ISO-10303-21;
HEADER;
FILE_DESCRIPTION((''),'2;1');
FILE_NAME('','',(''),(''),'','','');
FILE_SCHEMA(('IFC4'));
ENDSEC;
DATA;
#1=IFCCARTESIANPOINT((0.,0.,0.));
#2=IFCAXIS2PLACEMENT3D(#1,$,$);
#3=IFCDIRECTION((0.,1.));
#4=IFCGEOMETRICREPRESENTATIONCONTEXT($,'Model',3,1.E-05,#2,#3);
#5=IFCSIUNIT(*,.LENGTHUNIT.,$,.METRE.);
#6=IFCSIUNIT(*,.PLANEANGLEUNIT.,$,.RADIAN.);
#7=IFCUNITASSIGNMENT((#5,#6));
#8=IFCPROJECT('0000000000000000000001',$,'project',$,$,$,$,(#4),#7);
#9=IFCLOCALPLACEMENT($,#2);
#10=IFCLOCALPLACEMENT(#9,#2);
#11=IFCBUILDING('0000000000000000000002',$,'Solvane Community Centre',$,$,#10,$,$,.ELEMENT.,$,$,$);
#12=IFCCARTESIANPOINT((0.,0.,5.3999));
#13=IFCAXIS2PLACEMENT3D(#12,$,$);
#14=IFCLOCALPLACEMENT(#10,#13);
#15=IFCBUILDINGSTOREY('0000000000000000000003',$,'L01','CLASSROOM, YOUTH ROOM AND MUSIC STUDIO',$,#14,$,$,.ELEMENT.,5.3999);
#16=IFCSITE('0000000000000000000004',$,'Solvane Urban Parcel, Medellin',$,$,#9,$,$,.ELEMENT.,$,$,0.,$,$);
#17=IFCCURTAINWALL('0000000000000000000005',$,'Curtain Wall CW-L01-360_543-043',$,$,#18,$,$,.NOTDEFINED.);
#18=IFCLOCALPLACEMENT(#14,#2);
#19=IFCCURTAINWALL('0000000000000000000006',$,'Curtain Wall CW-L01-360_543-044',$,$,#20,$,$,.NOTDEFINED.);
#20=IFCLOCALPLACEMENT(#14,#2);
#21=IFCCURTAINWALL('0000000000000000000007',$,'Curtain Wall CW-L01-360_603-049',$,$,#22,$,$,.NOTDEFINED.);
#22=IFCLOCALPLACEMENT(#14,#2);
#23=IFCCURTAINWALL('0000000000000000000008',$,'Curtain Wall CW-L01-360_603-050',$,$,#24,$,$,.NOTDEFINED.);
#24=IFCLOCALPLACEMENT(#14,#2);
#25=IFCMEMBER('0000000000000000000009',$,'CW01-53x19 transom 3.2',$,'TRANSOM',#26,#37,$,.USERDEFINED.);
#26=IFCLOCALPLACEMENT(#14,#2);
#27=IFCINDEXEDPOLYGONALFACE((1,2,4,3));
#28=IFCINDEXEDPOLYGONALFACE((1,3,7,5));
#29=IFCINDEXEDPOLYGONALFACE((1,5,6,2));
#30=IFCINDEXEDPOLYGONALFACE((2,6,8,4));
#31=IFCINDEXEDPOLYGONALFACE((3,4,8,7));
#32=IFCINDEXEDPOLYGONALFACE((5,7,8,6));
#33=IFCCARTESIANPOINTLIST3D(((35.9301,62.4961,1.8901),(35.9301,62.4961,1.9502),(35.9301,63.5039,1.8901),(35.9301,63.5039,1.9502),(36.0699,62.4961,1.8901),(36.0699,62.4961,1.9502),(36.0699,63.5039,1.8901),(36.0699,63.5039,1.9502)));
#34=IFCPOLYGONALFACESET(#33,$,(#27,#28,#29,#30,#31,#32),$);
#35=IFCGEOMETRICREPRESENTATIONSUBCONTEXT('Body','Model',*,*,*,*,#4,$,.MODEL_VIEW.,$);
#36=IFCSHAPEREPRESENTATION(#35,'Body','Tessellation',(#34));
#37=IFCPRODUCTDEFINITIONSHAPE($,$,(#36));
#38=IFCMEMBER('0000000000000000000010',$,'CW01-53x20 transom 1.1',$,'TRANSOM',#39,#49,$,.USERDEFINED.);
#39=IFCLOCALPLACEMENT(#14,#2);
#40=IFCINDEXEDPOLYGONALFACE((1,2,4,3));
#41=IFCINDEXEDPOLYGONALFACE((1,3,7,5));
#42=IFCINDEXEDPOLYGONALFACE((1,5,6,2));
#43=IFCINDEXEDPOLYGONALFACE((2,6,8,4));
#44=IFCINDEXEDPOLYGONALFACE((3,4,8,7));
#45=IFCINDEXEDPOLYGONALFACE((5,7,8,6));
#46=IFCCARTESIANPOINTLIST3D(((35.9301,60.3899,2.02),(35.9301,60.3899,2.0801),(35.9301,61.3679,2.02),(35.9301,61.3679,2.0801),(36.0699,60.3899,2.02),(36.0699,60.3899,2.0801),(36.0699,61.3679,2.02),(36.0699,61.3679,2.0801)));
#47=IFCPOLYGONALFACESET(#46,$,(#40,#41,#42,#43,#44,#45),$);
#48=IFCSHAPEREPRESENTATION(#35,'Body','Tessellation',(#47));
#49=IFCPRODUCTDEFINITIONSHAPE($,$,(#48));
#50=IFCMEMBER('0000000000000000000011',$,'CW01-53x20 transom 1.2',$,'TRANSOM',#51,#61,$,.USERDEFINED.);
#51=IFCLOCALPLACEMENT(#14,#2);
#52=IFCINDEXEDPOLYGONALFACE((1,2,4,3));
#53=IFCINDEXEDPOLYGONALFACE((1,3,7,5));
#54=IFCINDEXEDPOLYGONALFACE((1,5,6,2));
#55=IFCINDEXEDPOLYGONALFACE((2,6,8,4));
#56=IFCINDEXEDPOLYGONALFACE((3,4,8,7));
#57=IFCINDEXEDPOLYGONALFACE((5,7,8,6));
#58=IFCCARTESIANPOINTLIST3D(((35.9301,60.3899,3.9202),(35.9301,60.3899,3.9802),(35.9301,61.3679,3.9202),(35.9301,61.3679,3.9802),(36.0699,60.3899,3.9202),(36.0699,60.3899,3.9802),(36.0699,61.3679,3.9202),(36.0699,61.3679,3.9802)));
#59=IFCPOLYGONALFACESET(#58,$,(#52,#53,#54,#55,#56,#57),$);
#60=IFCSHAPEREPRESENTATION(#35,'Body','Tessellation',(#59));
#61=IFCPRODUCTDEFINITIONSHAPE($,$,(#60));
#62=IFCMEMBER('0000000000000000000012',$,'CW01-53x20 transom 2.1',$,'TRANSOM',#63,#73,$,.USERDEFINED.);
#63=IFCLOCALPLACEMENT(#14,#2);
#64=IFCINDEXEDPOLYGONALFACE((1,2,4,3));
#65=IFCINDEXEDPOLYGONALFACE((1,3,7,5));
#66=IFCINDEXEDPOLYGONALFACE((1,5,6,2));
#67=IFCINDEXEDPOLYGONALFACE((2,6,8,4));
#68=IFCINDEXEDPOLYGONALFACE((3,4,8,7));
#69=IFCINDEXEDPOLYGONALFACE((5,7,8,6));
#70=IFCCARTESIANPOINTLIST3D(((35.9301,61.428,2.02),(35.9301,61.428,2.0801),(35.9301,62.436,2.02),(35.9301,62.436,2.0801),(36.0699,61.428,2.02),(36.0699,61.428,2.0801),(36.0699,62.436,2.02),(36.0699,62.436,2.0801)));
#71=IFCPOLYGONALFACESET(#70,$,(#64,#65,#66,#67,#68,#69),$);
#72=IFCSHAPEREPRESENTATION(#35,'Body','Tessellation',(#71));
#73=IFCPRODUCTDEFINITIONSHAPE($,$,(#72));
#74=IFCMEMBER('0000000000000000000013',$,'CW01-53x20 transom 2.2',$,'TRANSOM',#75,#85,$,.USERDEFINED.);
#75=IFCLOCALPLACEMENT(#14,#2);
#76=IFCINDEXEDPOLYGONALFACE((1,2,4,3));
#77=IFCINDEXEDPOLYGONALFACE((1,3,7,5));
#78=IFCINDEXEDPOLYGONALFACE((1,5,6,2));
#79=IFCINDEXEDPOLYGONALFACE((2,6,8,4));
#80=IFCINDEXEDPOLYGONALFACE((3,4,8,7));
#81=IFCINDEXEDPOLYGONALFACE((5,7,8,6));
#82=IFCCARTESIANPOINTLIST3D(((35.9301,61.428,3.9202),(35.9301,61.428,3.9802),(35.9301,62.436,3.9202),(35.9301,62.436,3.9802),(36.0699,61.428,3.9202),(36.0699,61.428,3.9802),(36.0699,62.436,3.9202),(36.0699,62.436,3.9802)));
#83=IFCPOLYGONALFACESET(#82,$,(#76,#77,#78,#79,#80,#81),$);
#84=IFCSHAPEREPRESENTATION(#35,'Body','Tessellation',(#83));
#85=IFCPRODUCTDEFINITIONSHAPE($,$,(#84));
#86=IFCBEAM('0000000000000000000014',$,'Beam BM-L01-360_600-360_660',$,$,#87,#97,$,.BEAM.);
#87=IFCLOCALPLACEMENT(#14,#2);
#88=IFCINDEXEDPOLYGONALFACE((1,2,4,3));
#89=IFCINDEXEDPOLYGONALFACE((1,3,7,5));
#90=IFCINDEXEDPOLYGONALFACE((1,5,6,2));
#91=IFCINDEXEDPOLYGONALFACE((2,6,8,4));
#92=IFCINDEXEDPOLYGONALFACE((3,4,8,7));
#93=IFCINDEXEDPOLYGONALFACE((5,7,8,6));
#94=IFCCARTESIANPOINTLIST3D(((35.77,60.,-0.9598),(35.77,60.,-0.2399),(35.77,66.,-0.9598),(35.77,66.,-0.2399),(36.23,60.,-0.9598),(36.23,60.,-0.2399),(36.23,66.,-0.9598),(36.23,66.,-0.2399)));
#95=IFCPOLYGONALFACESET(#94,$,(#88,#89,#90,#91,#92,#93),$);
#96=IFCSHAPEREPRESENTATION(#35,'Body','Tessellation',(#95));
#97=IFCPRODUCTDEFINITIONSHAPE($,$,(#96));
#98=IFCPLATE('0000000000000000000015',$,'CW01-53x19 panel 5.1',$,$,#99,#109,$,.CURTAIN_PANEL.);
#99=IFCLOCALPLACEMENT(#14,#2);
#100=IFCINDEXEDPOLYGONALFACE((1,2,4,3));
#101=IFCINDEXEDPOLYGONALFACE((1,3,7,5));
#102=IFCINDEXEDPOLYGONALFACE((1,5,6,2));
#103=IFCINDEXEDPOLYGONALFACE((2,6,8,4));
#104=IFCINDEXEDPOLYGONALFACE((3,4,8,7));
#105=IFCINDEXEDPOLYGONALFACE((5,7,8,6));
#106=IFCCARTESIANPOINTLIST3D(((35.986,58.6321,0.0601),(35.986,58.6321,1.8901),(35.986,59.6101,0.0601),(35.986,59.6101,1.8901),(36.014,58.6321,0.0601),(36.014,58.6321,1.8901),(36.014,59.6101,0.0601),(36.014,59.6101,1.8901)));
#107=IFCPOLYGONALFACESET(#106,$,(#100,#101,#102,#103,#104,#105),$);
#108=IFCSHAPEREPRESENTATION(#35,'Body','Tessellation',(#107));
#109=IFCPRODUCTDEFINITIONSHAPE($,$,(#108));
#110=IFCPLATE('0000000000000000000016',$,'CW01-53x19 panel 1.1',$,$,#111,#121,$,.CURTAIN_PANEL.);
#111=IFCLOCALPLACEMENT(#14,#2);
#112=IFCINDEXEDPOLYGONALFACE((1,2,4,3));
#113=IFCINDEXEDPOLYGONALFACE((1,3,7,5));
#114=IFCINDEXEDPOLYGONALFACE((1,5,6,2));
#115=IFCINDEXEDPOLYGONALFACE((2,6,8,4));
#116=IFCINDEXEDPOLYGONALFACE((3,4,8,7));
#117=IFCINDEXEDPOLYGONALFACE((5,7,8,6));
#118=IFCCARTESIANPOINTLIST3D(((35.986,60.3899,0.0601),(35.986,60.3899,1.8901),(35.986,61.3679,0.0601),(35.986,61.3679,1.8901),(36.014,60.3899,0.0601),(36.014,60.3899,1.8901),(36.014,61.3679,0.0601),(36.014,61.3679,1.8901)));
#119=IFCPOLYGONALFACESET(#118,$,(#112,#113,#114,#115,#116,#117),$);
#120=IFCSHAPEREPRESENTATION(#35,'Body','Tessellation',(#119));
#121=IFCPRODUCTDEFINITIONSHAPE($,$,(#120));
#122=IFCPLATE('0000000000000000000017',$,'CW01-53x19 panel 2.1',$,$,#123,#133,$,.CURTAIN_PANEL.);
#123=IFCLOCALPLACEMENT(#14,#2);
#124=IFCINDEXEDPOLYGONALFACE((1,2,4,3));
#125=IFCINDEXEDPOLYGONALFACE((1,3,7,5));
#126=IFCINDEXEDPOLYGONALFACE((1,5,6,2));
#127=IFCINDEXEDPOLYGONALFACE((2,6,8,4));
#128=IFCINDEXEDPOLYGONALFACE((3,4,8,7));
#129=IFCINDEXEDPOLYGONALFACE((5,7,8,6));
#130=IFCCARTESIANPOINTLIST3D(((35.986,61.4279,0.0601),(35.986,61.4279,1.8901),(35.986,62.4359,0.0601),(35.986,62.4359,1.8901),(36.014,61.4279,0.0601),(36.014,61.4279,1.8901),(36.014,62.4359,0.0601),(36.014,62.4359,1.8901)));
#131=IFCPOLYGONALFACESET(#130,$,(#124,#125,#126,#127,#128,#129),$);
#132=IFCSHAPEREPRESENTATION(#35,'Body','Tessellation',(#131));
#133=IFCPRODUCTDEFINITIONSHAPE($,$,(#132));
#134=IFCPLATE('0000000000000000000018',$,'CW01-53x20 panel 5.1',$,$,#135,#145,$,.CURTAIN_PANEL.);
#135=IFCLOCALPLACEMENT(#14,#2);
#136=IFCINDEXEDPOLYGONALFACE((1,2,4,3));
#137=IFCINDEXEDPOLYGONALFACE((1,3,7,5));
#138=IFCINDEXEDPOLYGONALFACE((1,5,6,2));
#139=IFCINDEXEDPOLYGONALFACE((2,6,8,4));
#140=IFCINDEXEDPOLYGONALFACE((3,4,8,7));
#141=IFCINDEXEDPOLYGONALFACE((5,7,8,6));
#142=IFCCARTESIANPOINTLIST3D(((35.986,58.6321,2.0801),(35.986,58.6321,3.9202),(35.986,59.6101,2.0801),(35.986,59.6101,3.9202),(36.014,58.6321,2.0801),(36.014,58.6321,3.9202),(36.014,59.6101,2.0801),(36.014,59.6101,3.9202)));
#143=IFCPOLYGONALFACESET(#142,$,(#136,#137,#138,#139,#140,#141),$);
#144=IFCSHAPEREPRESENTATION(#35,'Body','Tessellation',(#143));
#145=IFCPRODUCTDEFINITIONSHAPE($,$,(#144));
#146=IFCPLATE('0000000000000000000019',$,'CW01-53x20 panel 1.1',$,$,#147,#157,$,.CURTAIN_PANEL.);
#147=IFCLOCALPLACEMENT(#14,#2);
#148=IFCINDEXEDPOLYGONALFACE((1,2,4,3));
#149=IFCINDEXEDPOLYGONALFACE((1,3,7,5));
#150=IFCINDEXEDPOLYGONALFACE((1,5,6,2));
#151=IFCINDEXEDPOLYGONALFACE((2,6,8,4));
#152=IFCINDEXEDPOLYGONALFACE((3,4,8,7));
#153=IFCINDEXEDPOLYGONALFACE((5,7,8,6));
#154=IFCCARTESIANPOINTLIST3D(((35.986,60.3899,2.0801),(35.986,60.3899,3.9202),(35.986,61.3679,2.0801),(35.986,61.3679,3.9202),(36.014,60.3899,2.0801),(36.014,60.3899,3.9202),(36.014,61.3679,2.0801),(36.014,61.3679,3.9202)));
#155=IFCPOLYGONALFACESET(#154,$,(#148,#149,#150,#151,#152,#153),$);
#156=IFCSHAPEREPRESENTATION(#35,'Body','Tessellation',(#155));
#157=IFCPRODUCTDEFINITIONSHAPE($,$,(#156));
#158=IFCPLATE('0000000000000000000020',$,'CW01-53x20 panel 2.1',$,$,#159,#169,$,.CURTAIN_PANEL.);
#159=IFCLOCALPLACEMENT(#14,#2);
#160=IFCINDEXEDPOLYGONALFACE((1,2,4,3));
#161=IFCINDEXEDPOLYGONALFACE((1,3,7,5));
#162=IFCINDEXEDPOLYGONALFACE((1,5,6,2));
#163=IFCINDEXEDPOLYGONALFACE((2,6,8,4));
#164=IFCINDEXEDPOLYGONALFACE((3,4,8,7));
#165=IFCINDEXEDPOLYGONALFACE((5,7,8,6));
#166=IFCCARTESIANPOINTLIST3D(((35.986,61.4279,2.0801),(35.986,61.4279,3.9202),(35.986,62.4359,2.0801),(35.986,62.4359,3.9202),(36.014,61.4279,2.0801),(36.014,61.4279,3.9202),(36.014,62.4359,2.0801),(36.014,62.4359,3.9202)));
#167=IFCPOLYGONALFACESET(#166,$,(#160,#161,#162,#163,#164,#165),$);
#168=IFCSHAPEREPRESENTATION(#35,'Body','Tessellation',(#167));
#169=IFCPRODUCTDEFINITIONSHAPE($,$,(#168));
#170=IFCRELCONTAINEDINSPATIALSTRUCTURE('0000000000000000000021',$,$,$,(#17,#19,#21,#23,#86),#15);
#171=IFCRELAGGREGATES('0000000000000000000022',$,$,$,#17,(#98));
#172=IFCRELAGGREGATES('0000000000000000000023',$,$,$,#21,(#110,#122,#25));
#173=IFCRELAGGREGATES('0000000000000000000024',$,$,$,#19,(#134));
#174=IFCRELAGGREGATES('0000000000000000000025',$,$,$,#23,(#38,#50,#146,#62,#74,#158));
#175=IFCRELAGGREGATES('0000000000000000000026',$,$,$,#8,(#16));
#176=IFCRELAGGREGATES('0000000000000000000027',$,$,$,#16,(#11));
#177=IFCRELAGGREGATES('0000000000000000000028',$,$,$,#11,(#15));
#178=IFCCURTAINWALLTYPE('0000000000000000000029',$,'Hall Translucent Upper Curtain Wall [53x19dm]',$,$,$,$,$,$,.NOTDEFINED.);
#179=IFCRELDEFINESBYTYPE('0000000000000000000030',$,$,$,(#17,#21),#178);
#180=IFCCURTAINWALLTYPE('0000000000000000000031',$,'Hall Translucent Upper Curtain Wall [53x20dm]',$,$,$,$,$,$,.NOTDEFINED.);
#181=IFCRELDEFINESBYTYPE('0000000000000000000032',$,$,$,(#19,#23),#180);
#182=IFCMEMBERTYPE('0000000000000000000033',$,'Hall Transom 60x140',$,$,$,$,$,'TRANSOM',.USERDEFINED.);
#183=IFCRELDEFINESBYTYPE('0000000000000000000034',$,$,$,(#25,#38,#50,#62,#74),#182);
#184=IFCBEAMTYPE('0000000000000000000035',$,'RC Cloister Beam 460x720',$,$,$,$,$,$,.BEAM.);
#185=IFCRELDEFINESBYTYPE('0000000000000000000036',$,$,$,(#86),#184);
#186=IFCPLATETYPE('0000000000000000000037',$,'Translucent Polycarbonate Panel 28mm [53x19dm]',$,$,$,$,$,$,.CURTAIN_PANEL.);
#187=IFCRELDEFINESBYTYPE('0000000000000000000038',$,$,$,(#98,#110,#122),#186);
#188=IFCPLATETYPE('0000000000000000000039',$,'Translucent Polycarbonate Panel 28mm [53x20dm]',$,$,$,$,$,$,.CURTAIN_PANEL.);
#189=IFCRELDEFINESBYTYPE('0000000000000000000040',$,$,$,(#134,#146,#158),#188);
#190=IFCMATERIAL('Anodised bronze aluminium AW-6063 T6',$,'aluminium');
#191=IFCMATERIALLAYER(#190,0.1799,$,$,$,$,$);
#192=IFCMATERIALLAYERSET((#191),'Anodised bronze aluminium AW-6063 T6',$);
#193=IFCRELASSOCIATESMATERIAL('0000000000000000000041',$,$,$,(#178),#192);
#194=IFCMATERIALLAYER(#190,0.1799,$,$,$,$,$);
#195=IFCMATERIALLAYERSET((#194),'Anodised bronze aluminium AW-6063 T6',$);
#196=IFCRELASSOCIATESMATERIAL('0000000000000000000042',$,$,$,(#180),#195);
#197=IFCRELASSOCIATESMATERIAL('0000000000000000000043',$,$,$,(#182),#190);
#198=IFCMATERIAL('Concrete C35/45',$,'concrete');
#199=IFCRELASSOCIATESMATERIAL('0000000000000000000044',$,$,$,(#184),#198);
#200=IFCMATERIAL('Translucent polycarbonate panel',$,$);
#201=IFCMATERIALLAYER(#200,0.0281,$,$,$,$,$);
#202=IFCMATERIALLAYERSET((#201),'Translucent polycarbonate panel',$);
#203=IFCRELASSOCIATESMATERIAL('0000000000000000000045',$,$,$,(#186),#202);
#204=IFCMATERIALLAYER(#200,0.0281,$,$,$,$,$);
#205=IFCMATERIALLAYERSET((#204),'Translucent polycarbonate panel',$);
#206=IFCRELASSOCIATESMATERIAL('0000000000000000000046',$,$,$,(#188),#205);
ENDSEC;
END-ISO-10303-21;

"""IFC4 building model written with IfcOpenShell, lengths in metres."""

from ifc_helpers import new_model, si_unit, direction, frame, origin, origin_2d, place, context, subcontext, project, spatial, rectangle, extrude, material, layer, layer_set, material_profile, profile_set, type_object, element, aggregate, save


model = new_model("IFC4")

# Units and contexts
model_context = context("Model", 3, precision=1e-05, world=origin(), true_north=direction((0.0, 1.0)))
body_context = subcontext(model_context, "Body", "Model", "MODEL_VIEW")
ifc_project = project(units=[si_unit("LENGTHUNIT", "METRE"), si_unit("PLANEANGLEUNIT", "RADIAN")], contexts=[model_context])

# Site, building, storey
site_placement = place(None, origin())
site = spatial("IfcSite", under=ifc_project, at=site_placement, Name="Solvane Urban Parcel, Medellin", CompositionType="ELEMENT", RefElevation=0.0)
building_placement = place(site_placement, origin())
building = spatial("IfcBuilding", under=site, at=building_placement, Name="Solvane Community Centre", CompositionType="ELEMENT")
storey_placement = place(building_placement, frame((0.0, 0.0, 5.3999)))
storey = spatial("IfcBuildingStorey", under=building, at=storey_placement, Name="L01", Description="CLASSROOM, YOUTH ROOM AND MUSIC STUDIO", CompositionType="ELEMENT", Elevation=5.3999)

# Shared definitions
ifc_material_1 = material(Name="Concrete C35/45", Category="concrete")

# Curtain walls
ifc_material_2 = material(Name="Anodised bronze aluminium AW-6063 T6", Category="aluminium")
ifc_layer_1 = layer(ifc_material_2, 0.1799)
ifc_layer_set_1 = layer_set([ifc_layer_1], Name="Anodised bronze aluminium AW-6063 T6")
curtain_wall_type_1 = type_object("IfcCurtainWallType", Name="Hall Translucent Upper Curtain Wall [53x19dm]", PredefinedType="NOTDEFINED", material=ifc_layer_set_1)
curtain_wall_1_placement = place(storey_placement, origin())
curtain_wall_1 = element("IfcCurtainWall", 1, at=curtain_wall_1_placement, inside=storey, type_object=curtain_wall_type_1, Name="Curtain Wall CW-L01-360_543-043", PredefinedType="NOTDEFINED")
ifc_layer_2 = layer(ifc_material_2, 0.1799)
ifc_layer_set_2 = layer_set([ifc_layer_2], Name="Anodised bronze aluminium AW-6063 T6")
curtain_wall_type_2 = type_object("IfcCurtainWallType", Name="Hall Translucent Upper Curtain Wall [53x20dm]", PredefinedType="NOTDEFINED", material=ifc_layer_set_2)
curtain_wall_2_placement = place(storey_placement, origin())
curtain_wall_2 = element("IfcCurtainWall", 2, at=curtain_wall_2_placement, inside=storey, type_object=curtain_wall_type_2, Name="Curtain Wall CW-L01-360_543-044", PredefinedType="NOTDEFINED")

# Curtain walls
curtain_wall_3_placement = place(storey_placement, origin())
curtain_wall_3 = element("IfcCurtainWall", 3, at=curtain_wall_3_placement, inside=storey, type_object=curtain_wall_type_1, Name="Curtain Wall CW-L01-360_603-049", PredefinedType="NOTDEFINED")
curtain_wall_4_placement = place(storey_placement, origin())
curtain_wall_4 = element("IfcCurtainWall", 4, at=curtain_wall_4_placement, inside=storey, type_object=curtain_wall_type_2, Name="Curtain Wall CW-L01-360_603-050", PredefinedType="NOTDEFINED")

# Members
ifc_material_profile_1 = material_profile(ifc_material_2, rectangle(XDim=0.1399, YDim=0.0601, at=origin_2d()), Name="CW-T 60x140")
ifc_profile_set_1 = profile_set([ifc_material_profile_1], Name="Anodised bronze aluminium AW-6063 T6")
member_type_1 = type_object("IfcMemberType", Name="Hall Transom 60x140", ElementType="TRANSOM", PredefinedType="USERDEFINED", material=ifc_profile_set_1)
member_1_placement = place(storey_placement, frame((36.0, 62.4961, 1.9202), z_axis=(0.0, 1.0, 0.0), x_axis=(-1.0, 0.0, 0.0)))
member_1 = element("IfcMember", 5, at=member_1_placement, type_object=member_type_1, Name="CW01-53x19 transom 3.2", ObjectType="TRANSOM", PredefinedType="USERDEFINED", context=body_context, shape_type="SweptSolid", body=[
    extrude(rectangle(XDim=0.1399, YDim=0.0601, at=origin_2d()), origin(), (0.0, 0.0, 1.0), 1.0078),
])
member_2_placement = place(storey_placement, frame((36.0, 60.3899, 2.05), z_axis=(0.0, 1.0, 0.0), x_axis=(-1.0, 0.0, 0.0)))
member_2 = element("IfcMember", 6, at=member_2_placement, type_object=member_type_1, Name="CW01-53x20 transom 1.1", ObjectType="TRANSOM", PredefinedType="USERDEFINED", context=body_context, shape_type="SweptSolid", body=[
    extrude(rectangle(XDim=0.1399, YDim=0.0601, at=origin_2d()), origin(), (0.0, 0.0, 1.0), 0.978),
])
member_3_placement = place(storey_placement, frame((36.0, 60.3899, 3.9502), z_axis=(0.0, 1.0, 0.0), x_axis=(-1.0, 0.0, 0.0)))
member_3 = element("IfcMember", 7, at=member_3_placement, type_object=member_type_1, Name="CW01-53x20 transom 1.2", ObjectType="TRANSOM", PredefinedType="USERDEFINED", context=body_context, shape_type="SweptSolid", body=[
    extrude(rectangle(XDim=0.1399, YDim=0.0601, at=origin_2d()), origin(), (0.0, 0.0, 1.0), 0.978),
])
member_4_placement = place(storey_placement, frame((36.0, 61.428, 2.05), z_axis=(0.0, 1.0, 0.0), x_axis=(-1.0, 0.0, 0.0)))
member_4 = element("IfcMember", 8, at=member_4_placement, type_object=member_type_1, Name="CW01-53x20 transom 2.1", ObjectType="TRANSOM", PredefinedType="USERDEFINED", context=body_context, shape_type="SweptSolid", body=[
    extrude(rectangle(XDim=0.1399, YDim=0.0601, at=origin_2d()), origin(), (0.0, 0.0, 1.0), 1.0081),
])
member_5_placement = place(storey_placement, frame((36.0, 61.428, 3.9502), z_axis=(0.0, 1.0, 0.0), x_axis=(-1.0, 0.0, 0.0)))
member_5 = element("IfcMember", 9, at=member_5_placement, type_object=member_type_1, Name="CW01-53x20 transom 2.2", ObjectType="TRANSOM", PredefinedType="USERDEFINED", context=body_context, shape_type="SweptSolid", body=[
    extrude(rectangle(XDim=0.1399, YDim=0.0601, at=origin_2d()), origin(), (0.0, 0.0, 1.0), 1.0081),
])

# Beam
ifc_material_profile_2 = material_profile(ifc_material_1, rectangle(XDim=0.46, YDim=0.72, at=origin_2d()), Name="RC 460x720")
ifc_profile_set_2 = profile_set([ifc_material_profile_2], Name="Concrete C35/45")
beam_type = type_object("IfcBeamType", Name="RC Cloister Beam 460x720", PredefinedType="BEAM", material=ifc_profile_set_2)
beam_placement = place(storey_placement, frame((36.0, 60.0, -0.5999), z_axis=(0.0, 1.0, 0.0), x_axis=(-1.0, 0.0, 0.0)))
element("IfcBeam", 10, at=beam_placement, inside=storey, type_object=beam_type, Name="Beam BM-L01-360_600-360_660", PredefinedType="BEAM", context=body_context, shape_type="SweptSolid", body=[
    extrude(rectangle(XDim=0.46, YDim=0.72, at=origin_2d()), origin(), (0.0, 0.0, 1.0), 6.0),
])

# Plates
ifc_material_3 = material(Name="Translucent polycarbonate panel")
ifc_layer_3 = layer(ifc_material_3, 0.0281)
ifc_layer_set_3 = layer_set([ifc_layer_3], Name="Translucent polycarbonate panel")
plate_type_1 = type_object("IfcPlateType", Name="Translucent Polycarbonate Panel 28mm [53x19dm]", PredefinedType="CURTAIN_PANEL", material=ifc_layer_set_3)
plate_1_placement = place(storey_placement, frame((36.0, 59.1211, 0.0601), z_axis=(0.0, 0.0, 1.0), x_axis=(0.0, 1.0, 0.0)))
plate_1 = element("IfcPlate", 11, at=plate_1_placement, type_object=plate_type_1, Name="CW01-53x19 panel 5.1", PredefinedType="CURTAIN_PANEL", context=body_context, shape_type="SweptSolid", body=[
    extrude(rectangle(XDim=0.978, YDim=0.0281, at=origin_2d()), origin(), (0.0, 0.0, 1.0), 1.8301),
])
aggregate(curtain_wall_1, [plate_1])
plate_2_placement = place(storey_placement, frame((36.0, 60.8789, 0.0601), z_axis=(0.0, 0.0, 1.0), x_axis=(0.0, 1.0, 0.0)))
plate_2 = element("IfcPlate", 12, at=plate_2_placement, type_object=plate_type_1, Name="CW01-53x19 panel 1.1", PredefinedType="CURTAIN_PANEL", context=body_context, shape_type="SweptSolid", body=[
    extrude(rectangle(XDim=0.978, YDim=0.0281, at=origin_2d()), origin(), (0.0, 0.0, 1.0), 1.8301),
])
plate_3_placement = place(storey_placement, frame((36.0, 61.9319, 0.0601), z_axis=(0.0, 0.0, 1.0), x_axis=(0.0, 1.0, 0.0)))
plate_3 = element("IfcPlate", 13, at=plate_3_placement, type_object=plate_type_1, Name="CW01-53x19 panel 2.1", PredefinedType="CURTAIN_PANEL", context=body_context, shape_type="SweptSolid", body=[
    extrude(rectangle(XDim=1.0081, YDim=0.0281, at=origin_2d()), origin(), (0.0, 0.0, 1.0), 1.8301),
])
aggregate(curtain_wall_3, [plate_2, plate_3, member_1])
ifc_layer_4 = layer(ifc_material_3, 0.0281)
ifc_layer_set_4 = layer_set([ifc_layer_4], Name="Translucent polycarbonate panel")
plate_type_2 = type_object("IfcPlateType", Name="Translucent Polycarbonate Panel 28mm [53x20dm]", PredefinedType="CURTAIN_PANEL", material=ifc_layer_set_4)
plate_4_placement = place(storey_placement, frame((36.0, 59.1211, 2.0801), z_axis=(0.0, 0.0, 1.0), x_axis=(0.0, 1.0, 0.0)))
plate_4 = element("IfcPlate", 14, at=plate_4_placement, type_object=plate_type_2, Name="CW01-53x20 panel 5.1", PredefinedType="CURTAIN_PANEL", context=body_context, shape_type="SweptSolid", body=[
    extrude(rectangle(XDim=0.978, YDim=0.0281, at=origin_2d()), origin(), (0.0, 0.0, 1.0), 1.8401),
])
aggregate(curtain_wall_2, [plate_4])
plate_5_placement = place(storey_placement, frame((36.0, 60.8789, 2.0801), z_axis=(0.0, 0.0, 1.0), x_axis=(0.0, 1.0, 0.0)))
plate_5 = element("IfcPlate", 15, at=plate_5_placement, type_object=plate_type_2, Name="CW01-53x20 panel 1.1", PredefinedType="CURTAIN_PANEL", context=body_context, shape_type="SweptSolid", body=[
    extrude(rectangle(XDim=0.978, YDim=0.0281, at=origin_2d()), origin(), (0.0, 0.0, 1.0), 1.8401),
])
plate_6_placement = place(storey_placement, frame((36.0, 61.9319, 2.0801), z_axis=(0.0, 0.0, 1.0), x_axis=(0.0, 1.0, 0.0)))
plate_6 = element("IfcPlate", 16, at=plate_6_placement, type_object=plate_type_2, Name="CW01-53x20 panel 2.1", PredefinedType="CURTAIN_PANEL", context=body_context, shape_type="SweptSolid", body=[
    extrude(rectangle(XDim=1.0081, YDim=0.0281, at=origin_2d()), origin(), (0.0, 0.0, 1.0), 1.8401),
])
aggregate(curtain_wall_4, [member_2, member_3, plate_5, member_4, member_5, plate_6])

save(model, "model.ifc")
